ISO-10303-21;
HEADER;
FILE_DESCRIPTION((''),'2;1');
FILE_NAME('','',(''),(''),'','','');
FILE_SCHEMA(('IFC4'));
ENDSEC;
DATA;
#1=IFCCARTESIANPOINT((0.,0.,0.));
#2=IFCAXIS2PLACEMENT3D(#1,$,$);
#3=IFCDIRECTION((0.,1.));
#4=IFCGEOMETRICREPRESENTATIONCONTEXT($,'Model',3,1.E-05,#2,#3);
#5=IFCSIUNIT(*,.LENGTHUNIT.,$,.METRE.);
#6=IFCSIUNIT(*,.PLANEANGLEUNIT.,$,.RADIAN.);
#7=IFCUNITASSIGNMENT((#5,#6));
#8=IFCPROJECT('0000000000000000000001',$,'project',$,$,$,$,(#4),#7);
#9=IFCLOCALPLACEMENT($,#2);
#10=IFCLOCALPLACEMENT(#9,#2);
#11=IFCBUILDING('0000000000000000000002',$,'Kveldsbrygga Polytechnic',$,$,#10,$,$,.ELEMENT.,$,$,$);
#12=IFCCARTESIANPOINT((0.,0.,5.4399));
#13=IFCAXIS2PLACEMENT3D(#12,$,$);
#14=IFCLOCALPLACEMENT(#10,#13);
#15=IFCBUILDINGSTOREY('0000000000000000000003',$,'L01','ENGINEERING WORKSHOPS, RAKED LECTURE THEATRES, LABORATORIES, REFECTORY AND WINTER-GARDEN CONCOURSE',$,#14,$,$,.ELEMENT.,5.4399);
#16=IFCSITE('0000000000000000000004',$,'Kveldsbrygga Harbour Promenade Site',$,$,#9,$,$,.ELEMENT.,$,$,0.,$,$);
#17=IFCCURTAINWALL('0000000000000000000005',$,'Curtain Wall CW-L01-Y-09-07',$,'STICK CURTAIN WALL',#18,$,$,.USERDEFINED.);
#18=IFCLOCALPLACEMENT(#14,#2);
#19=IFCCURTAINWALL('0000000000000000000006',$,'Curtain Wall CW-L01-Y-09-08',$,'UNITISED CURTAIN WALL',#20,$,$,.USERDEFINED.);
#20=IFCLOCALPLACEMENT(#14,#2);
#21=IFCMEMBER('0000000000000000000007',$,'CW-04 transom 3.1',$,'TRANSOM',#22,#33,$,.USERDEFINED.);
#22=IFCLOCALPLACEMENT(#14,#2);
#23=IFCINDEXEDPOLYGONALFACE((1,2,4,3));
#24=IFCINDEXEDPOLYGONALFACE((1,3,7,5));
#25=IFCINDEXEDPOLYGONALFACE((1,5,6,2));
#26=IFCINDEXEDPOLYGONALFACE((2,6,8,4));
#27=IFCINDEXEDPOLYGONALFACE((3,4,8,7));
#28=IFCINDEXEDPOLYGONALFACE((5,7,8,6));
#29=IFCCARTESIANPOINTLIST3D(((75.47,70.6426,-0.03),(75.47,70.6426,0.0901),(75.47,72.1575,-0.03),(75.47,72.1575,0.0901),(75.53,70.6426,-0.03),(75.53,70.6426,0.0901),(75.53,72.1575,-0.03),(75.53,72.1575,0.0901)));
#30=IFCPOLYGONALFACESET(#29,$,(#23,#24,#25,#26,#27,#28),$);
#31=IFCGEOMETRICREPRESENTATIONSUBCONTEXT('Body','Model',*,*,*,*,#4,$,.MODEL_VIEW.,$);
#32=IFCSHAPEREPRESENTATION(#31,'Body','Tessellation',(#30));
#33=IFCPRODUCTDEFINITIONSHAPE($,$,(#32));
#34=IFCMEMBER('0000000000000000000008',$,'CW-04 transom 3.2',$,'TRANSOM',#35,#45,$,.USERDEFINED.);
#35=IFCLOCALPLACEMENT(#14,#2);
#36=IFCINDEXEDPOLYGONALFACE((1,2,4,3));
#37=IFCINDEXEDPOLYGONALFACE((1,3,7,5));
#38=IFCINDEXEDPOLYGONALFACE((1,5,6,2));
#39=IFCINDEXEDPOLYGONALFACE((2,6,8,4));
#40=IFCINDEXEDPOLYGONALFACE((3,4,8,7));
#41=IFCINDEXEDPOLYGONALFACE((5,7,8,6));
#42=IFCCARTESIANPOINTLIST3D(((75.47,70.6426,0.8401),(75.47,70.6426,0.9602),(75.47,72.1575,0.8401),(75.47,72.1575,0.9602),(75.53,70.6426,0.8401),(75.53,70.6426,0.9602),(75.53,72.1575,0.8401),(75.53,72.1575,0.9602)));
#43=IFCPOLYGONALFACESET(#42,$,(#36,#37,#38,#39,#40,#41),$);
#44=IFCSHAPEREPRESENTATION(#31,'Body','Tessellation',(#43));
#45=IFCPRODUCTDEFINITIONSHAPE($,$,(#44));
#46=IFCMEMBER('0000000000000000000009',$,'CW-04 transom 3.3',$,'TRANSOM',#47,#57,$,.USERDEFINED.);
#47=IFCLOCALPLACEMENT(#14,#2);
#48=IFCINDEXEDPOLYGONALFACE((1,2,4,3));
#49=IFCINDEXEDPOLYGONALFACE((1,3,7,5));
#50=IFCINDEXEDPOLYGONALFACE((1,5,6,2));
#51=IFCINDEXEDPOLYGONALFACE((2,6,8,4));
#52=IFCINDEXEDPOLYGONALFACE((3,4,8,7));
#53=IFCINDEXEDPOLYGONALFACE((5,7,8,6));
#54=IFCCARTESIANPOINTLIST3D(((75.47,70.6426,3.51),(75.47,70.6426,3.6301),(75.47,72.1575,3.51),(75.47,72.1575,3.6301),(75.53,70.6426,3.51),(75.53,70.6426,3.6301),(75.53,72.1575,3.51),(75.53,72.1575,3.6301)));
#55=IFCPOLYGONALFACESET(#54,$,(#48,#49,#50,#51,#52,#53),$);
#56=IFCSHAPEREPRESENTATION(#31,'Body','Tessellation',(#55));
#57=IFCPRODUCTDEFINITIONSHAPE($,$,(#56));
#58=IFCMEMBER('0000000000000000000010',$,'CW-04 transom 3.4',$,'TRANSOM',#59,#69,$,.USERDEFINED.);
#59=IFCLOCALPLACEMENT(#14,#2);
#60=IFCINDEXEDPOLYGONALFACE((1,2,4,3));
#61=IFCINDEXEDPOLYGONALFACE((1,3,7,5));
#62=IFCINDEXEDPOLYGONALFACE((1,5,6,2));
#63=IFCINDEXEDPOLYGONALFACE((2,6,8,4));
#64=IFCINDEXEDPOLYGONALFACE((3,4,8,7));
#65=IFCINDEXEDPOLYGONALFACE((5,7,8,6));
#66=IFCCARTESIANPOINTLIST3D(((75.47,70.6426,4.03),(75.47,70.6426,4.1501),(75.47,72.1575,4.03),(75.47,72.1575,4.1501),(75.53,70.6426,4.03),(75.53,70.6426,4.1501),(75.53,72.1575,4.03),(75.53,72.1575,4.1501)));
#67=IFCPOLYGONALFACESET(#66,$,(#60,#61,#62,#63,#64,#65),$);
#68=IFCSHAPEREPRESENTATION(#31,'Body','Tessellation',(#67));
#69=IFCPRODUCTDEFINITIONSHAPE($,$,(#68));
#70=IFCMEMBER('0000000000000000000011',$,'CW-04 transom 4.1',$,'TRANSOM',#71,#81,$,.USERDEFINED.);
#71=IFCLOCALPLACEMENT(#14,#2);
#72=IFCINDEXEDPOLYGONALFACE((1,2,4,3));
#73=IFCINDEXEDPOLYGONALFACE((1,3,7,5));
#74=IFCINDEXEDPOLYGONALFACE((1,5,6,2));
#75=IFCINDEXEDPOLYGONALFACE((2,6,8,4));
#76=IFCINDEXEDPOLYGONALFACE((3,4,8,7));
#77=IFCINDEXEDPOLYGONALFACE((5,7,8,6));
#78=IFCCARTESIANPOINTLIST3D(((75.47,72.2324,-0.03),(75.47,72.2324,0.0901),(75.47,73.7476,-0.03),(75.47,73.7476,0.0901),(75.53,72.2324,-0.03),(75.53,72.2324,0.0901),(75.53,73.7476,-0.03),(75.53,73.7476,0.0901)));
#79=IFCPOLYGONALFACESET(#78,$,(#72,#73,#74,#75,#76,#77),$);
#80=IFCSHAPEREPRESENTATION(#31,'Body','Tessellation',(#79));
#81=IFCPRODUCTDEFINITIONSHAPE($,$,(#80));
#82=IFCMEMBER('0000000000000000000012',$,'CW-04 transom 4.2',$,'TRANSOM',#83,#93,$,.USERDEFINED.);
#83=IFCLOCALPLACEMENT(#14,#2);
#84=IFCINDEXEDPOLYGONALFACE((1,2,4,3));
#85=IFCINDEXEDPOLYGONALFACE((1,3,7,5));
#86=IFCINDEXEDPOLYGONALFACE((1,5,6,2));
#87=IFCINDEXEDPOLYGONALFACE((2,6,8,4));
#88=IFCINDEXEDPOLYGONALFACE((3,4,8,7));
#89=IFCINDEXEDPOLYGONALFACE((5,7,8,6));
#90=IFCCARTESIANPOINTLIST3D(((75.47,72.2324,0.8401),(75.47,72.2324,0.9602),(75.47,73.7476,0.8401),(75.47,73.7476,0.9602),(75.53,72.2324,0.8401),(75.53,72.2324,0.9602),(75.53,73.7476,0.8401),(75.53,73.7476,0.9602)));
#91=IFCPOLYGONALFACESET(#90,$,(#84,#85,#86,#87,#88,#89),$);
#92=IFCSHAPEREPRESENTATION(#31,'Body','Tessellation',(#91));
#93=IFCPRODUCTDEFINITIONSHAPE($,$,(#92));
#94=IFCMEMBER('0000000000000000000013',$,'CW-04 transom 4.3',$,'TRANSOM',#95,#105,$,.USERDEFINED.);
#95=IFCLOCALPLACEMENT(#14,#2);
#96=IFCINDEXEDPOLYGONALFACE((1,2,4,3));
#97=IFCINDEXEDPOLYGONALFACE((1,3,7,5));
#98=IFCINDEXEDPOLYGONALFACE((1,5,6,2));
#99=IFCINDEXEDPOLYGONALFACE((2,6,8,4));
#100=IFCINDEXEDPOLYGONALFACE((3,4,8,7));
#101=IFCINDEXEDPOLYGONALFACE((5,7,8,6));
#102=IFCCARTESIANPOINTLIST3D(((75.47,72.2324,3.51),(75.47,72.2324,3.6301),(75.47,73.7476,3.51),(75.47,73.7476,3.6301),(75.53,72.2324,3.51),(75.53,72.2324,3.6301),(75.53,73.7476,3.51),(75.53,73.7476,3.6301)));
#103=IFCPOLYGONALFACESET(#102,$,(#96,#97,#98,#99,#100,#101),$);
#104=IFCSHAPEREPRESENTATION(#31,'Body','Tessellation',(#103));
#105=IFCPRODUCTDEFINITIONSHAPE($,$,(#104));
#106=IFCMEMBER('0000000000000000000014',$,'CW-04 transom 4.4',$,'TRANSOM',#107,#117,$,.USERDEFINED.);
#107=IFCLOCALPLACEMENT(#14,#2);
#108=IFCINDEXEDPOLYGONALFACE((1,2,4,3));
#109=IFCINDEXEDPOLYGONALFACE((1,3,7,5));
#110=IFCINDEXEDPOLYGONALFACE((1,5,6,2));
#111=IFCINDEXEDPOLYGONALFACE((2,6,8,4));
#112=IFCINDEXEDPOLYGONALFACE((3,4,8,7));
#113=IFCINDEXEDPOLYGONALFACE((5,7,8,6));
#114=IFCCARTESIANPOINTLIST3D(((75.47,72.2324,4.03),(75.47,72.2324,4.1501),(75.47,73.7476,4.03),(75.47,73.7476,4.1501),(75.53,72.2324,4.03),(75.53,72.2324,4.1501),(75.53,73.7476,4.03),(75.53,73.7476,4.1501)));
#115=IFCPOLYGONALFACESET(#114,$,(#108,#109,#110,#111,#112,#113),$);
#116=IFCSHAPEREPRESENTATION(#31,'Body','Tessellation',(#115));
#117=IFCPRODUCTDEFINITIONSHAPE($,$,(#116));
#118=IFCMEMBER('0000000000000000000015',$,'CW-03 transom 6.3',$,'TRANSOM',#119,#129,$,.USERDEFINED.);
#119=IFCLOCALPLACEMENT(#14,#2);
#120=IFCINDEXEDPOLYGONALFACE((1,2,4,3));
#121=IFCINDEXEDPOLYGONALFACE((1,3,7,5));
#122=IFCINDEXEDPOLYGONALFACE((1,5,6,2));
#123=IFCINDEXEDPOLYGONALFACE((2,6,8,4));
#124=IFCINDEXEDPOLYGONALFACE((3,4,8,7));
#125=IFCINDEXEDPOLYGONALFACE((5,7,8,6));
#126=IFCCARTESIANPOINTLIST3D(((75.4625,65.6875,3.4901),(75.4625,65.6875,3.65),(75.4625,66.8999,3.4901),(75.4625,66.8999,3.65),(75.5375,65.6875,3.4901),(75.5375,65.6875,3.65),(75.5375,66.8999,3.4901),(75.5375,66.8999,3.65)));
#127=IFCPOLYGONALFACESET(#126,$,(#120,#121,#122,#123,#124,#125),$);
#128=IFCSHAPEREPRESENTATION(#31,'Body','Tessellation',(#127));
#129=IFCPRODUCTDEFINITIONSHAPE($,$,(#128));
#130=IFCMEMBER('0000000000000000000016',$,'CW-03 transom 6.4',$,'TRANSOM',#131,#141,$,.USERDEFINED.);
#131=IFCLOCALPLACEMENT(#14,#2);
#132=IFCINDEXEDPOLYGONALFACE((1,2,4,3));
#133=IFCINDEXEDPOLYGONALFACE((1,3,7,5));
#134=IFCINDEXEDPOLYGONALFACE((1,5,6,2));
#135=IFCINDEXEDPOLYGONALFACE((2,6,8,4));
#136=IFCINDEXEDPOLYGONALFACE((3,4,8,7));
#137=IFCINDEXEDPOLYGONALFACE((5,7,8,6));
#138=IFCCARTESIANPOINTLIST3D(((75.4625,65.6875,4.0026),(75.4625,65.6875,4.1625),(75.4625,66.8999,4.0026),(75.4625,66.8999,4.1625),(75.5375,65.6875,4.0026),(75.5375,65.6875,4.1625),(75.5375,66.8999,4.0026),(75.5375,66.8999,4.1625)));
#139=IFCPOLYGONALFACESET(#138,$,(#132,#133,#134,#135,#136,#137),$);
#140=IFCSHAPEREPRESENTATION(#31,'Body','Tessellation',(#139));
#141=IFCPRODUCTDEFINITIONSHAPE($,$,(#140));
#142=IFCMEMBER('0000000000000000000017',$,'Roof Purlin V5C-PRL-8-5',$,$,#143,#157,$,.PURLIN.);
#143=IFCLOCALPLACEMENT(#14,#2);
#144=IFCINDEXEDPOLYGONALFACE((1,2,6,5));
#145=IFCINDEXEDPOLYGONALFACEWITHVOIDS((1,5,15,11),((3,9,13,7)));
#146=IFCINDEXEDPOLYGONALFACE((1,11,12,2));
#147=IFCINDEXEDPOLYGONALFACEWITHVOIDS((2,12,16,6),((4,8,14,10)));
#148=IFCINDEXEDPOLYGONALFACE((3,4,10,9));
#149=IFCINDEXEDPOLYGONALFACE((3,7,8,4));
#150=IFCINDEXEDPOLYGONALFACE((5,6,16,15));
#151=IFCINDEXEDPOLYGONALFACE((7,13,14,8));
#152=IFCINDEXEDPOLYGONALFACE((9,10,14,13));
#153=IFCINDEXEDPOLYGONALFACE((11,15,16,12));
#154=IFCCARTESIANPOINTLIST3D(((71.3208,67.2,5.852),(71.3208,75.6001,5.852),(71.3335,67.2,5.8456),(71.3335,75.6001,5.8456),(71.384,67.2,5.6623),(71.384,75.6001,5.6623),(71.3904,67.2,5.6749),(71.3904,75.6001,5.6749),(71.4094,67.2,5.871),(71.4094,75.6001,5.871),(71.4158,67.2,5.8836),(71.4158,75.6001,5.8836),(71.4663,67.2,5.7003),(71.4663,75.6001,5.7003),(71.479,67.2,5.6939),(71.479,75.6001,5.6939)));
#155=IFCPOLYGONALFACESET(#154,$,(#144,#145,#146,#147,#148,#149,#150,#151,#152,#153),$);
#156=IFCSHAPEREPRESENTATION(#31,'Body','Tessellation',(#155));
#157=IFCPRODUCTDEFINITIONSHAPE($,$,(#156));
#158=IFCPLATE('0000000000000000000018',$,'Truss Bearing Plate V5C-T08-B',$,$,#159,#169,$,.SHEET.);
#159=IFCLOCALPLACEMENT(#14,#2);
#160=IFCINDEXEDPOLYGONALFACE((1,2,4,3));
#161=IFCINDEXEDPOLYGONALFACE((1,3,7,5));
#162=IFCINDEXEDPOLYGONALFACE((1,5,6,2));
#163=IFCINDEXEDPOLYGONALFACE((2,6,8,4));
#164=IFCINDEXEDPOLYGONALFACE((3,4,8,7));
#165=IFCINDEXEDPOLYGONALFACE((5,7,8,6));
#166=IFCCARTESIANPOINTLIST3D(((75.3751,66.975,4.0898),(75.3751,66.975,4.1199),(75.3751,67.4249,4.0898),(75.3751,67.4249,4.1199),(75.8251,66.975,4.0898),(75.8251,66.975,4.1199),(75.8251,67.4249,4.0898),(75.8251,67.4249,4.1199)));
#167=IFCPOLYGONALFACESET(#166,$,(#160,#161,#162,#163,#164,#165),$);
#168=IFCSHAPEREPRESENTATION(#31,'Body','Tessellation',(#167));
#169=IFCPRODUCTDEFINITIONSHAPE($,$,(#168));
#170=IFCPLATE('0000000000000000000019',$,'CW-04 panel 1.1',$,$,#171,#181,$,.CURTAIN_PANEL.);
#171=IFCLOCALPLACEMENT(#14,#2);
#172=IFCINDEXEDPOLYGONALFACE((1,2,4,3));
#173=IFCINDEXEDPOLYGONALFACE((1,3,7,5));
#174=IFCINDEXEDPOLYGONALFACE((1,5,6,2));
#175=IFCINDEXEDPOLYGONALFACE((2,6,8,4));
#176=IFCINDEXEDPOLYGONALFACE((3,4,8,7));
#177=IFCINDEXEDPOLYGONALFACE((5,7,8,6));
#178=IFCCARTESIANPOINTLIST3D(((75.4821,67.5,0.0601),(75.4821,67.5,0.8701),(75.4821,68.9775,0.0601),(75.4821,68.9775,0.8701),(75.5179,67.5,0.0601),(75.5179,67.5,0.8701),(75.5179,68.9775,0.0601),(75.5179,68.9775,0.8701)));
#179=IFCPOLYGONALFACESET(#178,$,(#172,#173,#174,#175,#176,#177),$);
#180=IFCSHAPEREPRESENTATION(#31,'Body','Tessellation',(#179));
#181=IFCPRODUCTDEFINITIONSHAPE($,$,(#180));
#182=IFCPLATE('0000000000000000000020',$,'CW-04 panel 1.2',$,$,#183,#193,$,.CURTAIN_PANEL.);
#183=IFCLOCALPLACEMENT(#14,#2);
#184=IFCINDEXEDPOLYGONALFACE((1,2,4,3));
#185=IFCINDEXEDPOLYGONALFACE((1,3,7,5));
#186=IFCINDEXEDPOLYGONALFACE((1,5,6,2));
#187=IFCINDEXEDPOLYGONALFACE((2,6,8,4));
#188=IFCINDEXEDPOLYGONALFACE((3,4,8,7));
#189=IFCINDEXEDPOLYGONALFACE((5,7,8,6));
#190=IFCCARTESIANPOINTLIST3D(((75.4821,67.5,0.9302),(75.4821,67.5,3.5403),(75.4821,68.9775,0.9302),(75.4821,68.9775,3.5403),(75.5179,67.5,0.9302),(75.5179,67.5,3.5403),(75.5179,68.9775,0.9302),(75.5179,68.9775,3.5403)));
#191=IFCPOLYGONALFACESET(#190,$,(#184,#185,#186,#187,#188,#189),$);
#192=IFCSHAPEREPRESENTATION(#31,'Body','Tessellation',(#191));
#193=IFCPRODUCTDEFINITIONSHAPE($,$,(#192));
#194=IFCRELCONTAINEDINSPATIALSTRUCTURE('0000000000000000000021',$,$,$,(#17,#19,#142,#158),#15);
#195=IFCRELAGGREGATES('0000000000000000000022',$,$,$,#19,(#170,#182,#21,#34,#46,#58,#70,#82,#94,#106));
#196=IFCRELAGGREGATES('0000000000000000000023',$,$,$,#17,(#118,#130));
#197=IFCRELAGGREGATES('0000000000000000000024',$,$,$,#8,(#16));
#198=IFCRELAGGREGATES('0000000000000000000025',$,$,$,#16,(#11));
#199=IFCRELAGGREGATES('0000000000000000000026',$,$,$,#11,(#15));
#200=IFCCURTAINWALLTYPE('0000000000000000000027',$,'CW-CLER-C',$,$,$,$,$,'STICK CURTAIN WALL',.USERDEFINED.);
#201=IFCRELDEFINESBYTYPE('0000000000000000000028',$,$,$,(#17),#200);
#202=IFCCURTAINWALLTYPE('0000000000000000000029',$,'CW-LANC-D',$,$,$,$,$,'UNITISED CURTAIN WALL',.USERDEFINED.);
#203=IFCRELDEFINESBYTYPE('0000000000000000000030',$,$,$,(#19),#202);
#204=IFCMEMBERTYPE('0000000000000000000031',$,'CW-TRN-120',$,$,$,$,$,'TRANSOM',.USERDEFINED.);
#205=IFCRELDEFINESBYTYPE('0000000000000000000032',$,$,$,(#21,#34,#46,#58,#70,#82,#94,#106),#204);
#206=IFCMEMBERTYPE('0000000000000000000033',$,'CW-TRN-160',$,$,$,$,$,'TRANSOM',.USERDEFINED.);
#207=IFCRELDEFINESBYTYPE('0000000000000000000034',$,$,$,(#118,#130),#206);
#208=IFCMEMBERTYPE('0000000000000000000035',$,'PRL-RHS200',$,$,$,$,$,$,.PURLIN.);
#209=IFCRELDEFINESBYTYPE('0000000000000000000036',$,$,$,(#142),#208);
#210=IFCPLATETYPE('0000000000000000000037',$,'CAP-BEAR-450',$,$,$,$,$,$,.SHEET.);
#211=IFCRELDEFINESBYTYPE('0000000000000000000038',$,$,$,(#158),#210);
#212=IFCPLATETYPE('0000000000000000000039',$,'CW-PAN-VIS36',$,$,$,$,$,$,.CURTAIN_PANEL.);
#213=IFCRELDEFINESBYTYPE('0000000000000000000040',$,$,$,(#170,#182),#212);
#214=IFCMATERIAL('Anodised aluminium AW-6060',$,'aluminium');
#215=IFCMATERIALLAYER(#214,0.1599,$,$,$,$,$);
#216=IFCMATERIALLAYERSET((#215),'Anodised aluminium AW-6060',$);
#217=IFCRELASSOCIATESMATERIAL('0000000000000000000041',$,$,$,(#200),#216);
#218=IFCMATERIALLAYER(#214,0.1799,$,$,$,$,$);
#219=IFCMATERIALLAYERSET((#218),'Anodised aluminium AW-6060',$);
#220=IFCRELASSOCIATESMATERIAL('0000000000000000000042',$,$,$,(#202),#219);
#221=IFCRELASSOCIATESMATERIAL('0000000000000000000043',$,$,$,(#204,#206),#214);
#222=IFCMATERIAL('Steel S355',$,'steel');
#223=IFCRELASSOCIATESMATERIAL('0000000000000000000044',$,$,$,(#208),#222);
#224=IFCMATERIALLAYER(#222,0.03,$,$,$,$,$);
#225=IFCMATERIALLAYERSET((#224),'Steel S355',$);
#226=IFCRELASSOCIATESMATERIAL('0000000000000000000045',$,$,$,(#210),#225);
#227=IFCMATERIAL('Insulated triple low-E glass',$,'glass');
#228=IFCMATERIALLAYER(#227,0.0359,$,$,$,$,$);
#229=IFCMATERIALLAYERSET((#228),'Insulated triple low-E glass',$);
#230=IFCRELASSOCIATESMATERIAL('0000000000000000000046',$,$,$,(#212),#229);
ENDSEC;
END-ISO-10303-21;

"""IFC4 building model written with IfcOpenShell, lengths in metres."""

from ifc_helpers import new_model, si_unit, direction, frame, origin, origin_2d, place, context, subcontext, project, spatial, rectangle, hollow_rectangle, extrude, material, layer, layer_set, material_profile, profile_set, type_object, element, aggregate, save


model = new_model("IFC4")

# Units and contexts
model_context = context("Model", 3, precision=1e-05, world=origin(), true_north=direction((0.0, 1.0)))
body_context = subcontext(model_context, "Body", "Model", "MODEL_VIEW")
ifc_project = project(units=[si_unit("LENGTHUNIT", "METRE"), si_unit("PLANEANGLEUNIT", "RADIAN")], contexts=[model_context])

# Site, building, storey
site_placement = place(None, origin())
site = spatial("IfcSite", under=ifc_project, at=site_placement, Name="Kveldsbrygga Harbour Promenade Site", CompositionType="ELEMENT", RefElevation=0.0)
building_placement = place(site_placement, origin())
building = spatial("IfcBuilding", under=site, at=building_placement, Name="Kveldsbrygga Polytechnic", CompositionType="ELEMENT")
storey_placement = place(building_placement, frame((0.0, 0.0, 5.4399)))
storey = spatial("IfcBuildingStorey", under=building, at=storey_placement, Name="L01", Description="ENGINEERING WORKSHOPS, RAKED LECTURE THEATRES, LABORATORIES, REFECTORY AND WINTER-GARDEN CONCOURSE", CompositionType="ELEMENT", Elevation=5.4399)

# Curtain wall
ifc_material_1 = material(Name="Anodised aluminium AW-6060", Category="aluminium")
ifc_layer_1 = layer(ifc_material_1, 0.1599)
ifc_layer_set_1 = layer_set([ifc_layer_1], Name="Anodised aluminium AW-6060")
curtain_wall_type_1 = type_object("IfcCurtainWallType", Name="CW-CLER-C", ElementType="STICK CURTAIN WALL", PredefinedType="USERDEFINED", material=ifc_layer_set_1)
curtain_wall_1_placement = place(storey_placement, origin())
curtain_wall_1 = element("IfcCurtainWall", 1, at=curtain_wall_1_placement, inside=storey, type_object=curtain_wall_type_1, Name="Curtain Wall CW-L01-Y-09-07", ObjectType="STICK CURTAIN WALL", PredefinedType="USERDEFINED")

# Curtain wall, members
ifc_layer_2 = layer(ifc_material_1, 0.1799)
ifc_layer_set_2 = layer_set([ifc_layer_2], Name="Anodised aluminium AW-6060")
curtain_wall_type_2 = type_object("IfcCurtainWallType", Name="CW-LANC-D", ElementType="UNITISED CURTAIN WALL", PredefinedType="USERDEFINED", material=ifc_layer_set_2)
curtain_wall_2_placement = place(storey_placement, origin())
curtain_wall_2 = element("IfcCurtainWall", 2, at=curtain_wall_2_placement, inside=storey, type_object=curtain_wall_type_2, Name="Curtain Wall CW-L01-Y-09-08", ObjectType="UNITISED CURTAIN WALL", PredefinedType="USERDEFINED")
ifc_material_profile_1 = material_profile(ifc_material_1, rectangle(XDim=0.0601, YDim=0.1201, at=origin_2d()), Name="ALU 60x120")
ifc_profile_set_1 = profile_set([ifc_material_profile_1], Name="Anodised aluminium AW-6060")
member_type_1 = type_object("IfcMemberType", Name="CW-TRN-120", ElementType="TRANSOM", PredefinedType="USERDEFINED", material=ifc_profile_set_1)
member_1_placement = place(storey_placement, frame((75.5, 70.6426, 0.03), z_axis=(0.0, 1.0, 0.0), x_axis=(-1.0, 0.0, 0.0)))
member_1 = element("IfcMember", 3, at=member_1_placement, type_object=member_type_1, Name="CW-04 transom 3.1", ObjectType="TRANSOM", PredefinedType="USERDEFINED", context=body_context, shape_type="SweptSolid", body=[
    extrude(rectangle(XDim=0.0601, YDim=0.1201, at=origin_2d()), origin(), (0.0, 0.0, 1.0), 1.5149),
])
member_2_placement = place(storey_placement, frame((75.5, 70.6426, 0.9001), z_axis=(0.0, 1.0, 0.0), x_axis=(-1.0, 0.0, 0.0)))
member_2 = element("IfcMember", 4, at=member_2_placement, type_object=member_type_1, Name="CW-04 transom 3.2", ObjectType="TRANSOM", PredefinedType="USERDEFINED", context=body_context, shape_type="SweptSolid", body=[
    extrude(rectangle(XDim=0.0601, YDim=0.1201, at=origin_2d()), origin(), (0.0, 0.0, 1.0), 1.5149),
])
member_3_placement = place(storey_placement, frame((75.5, 70.6426, 3.5701), z_axis=(0.0, 1.0, 0.0), x_axis=(-1.0, 0.0, 0.0)))
member_3 = element("IfcMember", 5, at=member_3_placement, type_object=member_type_1, Name="CW-04 transom 3.3", ObjectType="TRANSOM", PredefinedType="USERDEFINED", context=body_context, shape_type="SweptSolid", body=[
    extrude(rectangle(XDim=0.0601, YDim=0.1201, at=origin_2d()), origin(), (0.0, 0.0, 1.0), 1.5149),
])
member_4_placement = place(storey_placement, frame((75.5, 70.6426, 4.0901), z_axis=(0.0, 1.0, 0.0), x_axis=(-1.0, 0.0, 0.0)))
member_4 = element("IfcMember", 6, at=member_4_placement, type_object=member_type_1, Name="CW-04 transom 3.4", ObjectType="TRANSOM", PredefinedType="USERDEFINED", context=body_context, shape_type="SweptSolid", body=[
    extrude(rectangle(XDim=0.0601, YDim=0.1201, at=origin_2d()), origin(), (0.0, 0.0, 1.0), 1.5149),
])
member_5_placement = place(storey_placement, frame((75.5, 72.2324, 0.03), z_axis=(0.0, 1.0, 0.0), x_axis=(-1.0, 0.0, 0.0)))
member_5 = element("IfcMember", 7, at=member_5_placement, type_object=member_type_1, Name="CW-04 transom 4.1", ObjectType="TRANSOM", PredefinedType="USERDEFINED", context=body_context, shape_type="SweptSolid", body=[
    extrude(rectangle(XDim=0.0601, YDim=0.1201, at=origin_2d()), origin(), (0.0, 0.0, 1.0), 1.5151),
])
member_6_placement = place(storey_placement, frame((75.5, 72.2324, 0.9001), z_axis=(0.0, 1.0, 0.0), x_axis=(-1.0, 0.0, 0.0)))
member_6 = element("IfcMember", 8, at=member_6_placement, type_object=member_type_1, Name="CW-04 transom 4.2", ObjectType="TRANSOM", PredefinedType="USERDEFINED", context=body_context, shape_type="SweptSolid", body=[
    extrude(rectangle(XDim=0.0601, YDim=0.1201, at=origin_2d()), origin(), (0.0, 0.0, 1.0), 1.5151),
])
member_7_placement = place(storey_placement, frame((75.5, 72.2324, 3.5701), z_axis=(0.0, 1.0, 0.0), x_axis=(-1.0, 0.0, 0.0)))
member_7 = element("IfcMember", 9, at=member_7_placement, type_object=member_type_1, Name="CW-04 transom 4.3", ObjectType="TRANSOM", PredefinedType="USERDEFINED", context=body_context, shape_type="SweptSolid", body=[
    extrude(rectangle(XDim=0.0601, YDim=0.1201, at=origin_2d()), origin(), (0.0, 0.0, 1.0), 1.5151),
])
member_8_placement = place(storey_placement, frame((75.5, 72.2324, 4.0901), z_axis=(0.0, 1.0, 0.0), x_axis=(-1.0, 0.0, 0.0)))
member_8 = element("IfcMember", 10, at=member_8_placement, type_object=member_type_1, Name="CW-04 transom 4.4", ObjectType="TRANSOM", PredefinedType="USERDEFINED", context=body_context, shape_type="SweptSolid", body=[
    extrude(rectangle(XDim=0.0601, YDim=0.1201, at=origin_2d()), origin(), (0.0, 0.0, 1.0), 1.5151),
])

# Members
ifc_material_profile_2 = material_profile(ifc_material_1, rectangle(XDim=0.075, YDim=0.1599, at=origin_2d()), Name="ALU 75x160")
ifc_profile_set_2 = profile_set([ifc_material_profile_2], Name="Anodised aluminium AW-6060")
member_type_2 = type_object("IfcMemberType", Name="CW-TRN-160", ElementType="TRANSOM", PredefinedType="USERDEFINED", material=ifc_profile_set_2)
member_9_placement = place(storey_placement, frame((75.5, 65.6875, 3.5701), z_axis=(0.0, 1.0, 0.0), x_axis=(-1.0, 0.0, 0.0)))
member_9 = element("IfcMember", 11, at=member_9_placement, type_object=member_type_2, Name="CW-03 transom 6.3", ObjectType="TRANSOM", PredefinedType="USERDEFINED", context=body_context, shape_type="SweptSolid", body=[
    extrude(rectangle(XDim=0.075, YDim=0.1599, at=origin_2d()), origin(), (0.0, 0.0, 1.0), 1.2124),
])
member_10_placement = place(storey_placement, frame((75.5, 65.6875, 4.0825), z_axis=(0.0, 1.0, 0.0), x_axis=(-1.0, 0.0, 0.0)))
member_10 = element("IfcMember", 12, at=member_10_placement, type_object=member_type_2, Name="CW-03 transom 6.4", ObjectType="TRANSOM", PredefinedType="USERDEFINED", context=body_context, shape_type="SweptSolid", body=[
    extrude(rectangle(XDim=0.075, YDim=0.1599, at=origin_2d()), origin(), (0.0, 0.0, 1.0), 1.2124),
])
ifc_material_2 = material(Name="Steel S355", Category="steel")
ifc_material_profile_3 = material_profile(ifc_material_2, hollow_rectangle(XDim=0.1001, YDim=0.2, WallThickness=0.01, at=origin_2d()), Name="RHS 200x100x10.0")
ifc_profile_set_3 = profile_set([ifc_material_profile_3], Name="Steel S355")
member_type_3 = type_object("IfcMemberType", Name="PRL-RHS200", PredefinedType="PURLIN", material=ifc_profile_set_3)
member_11_placement = place(storey_placement, frame((71.3999, 67.2, 5.7729), z_axis=(0.0, 1.0, 0.0), x_axis=(-0.948684, 0.0, -0.316227)))
element("IfcMember", 13, at=member_11_placement, inside=storey, type_object=member_type_3, Name="Roof Purlin V5C-PRL-8-5", PredefinedType="PURLIN", context=body_context, shape_type="SweptSolid", body=[
    extrude(hollow_rectangle(XDim=0.1001, YDim=0.2, WallThickness=0.01, at=origin_2d()), origin(), (0.0, 0.0, 1.0), 8.4001),
])

# Plates
ifc_layer_3 = layer(ifc_material_2, 0.03)
ifc_layer_set_3 = layer_set([ifc_layer_3], Name="Steel S355")
plate_type_1 = type_object("IfcPlateType", Name="CAP-BEAR-450", PredefinedType="SHEET", material=ifc_layer_set_3)
plate_1_placement = place(storey_placement, frame((75.6001, 67.2, 4.0898), z_axis=(0.0, 0.0, 1.0), x_axis=(1.0, 0.0, 0.0)))
element("IfcPlate", 14, at=plate_1_placement, inside=storey, type_object=plate_type_1, Name="Truss Bearing Plate V5C-T08-B", PredefinedType="SHEET", context=body_context, shape_type="SweptSolid", body=[
    extrude(rectangle(XDim=0.45, YDim=0.45, at=origin_2d()), origin(), (0.0, 0.0, 1.0), 0.03),
])
ifc_material_3 = material(Name="Insulated triple low-E glass", Category="glass")
ifc_layer_4 = layer(ifc_material_3, 0.0359)
ifc_layer_set_4 = layer_set([ifc_layer_4], Name="Insulated triple low-E glass")
plate_type_2 = type_object("IfcPlateType", Name="CW-PAN-VIS36", PredefinedType="CURTAIN_PANEL", material=ifc_layer_set_4)
plate_2_placement = place(storey_placement, frame((75.5, 68.2388, 0.0601), z_axis=(0.0, 0.0, 1.0), x_axis=(0.0, 1.0, 0.0)))
plate_2 = element("IfcPlate", 15, at=plate_2_placement, type_object=plate_type_2, Name="CW-04 panel 1.1", PredefinedType="CURTAIN_PANEL", context=body_context, shape_type="SweptSolid", body=[
    extrude(rectangle(XDim=1.4775, YDim=0.0359, at=origin_2d()), origin(), (0.0, 0.0, 1.0), 0.8101),
])
plate_3_placement = place(storey_placement, frame((75.5, 68.2388, 0.9302), z_axis=(0.0, 0.0, 1.0), x_axis=(0.0, 1.0, 0.0)))
plate_3 = element("IfcPlate", 16, at=plate_3_placement, type_object=plate_type_2, Name="CW-04 panel 1.2", PredefinedType="CURTAIN_PANEL", context=body_context, shape_type="SweptSolid", body=[
    extrude(rectangle(XDim=1.4775, YDim=0.0359, at=origin_2d()), origin(), (0.0, 0.0, 1.0), 2.6101),
])
aggregate(curtain_wall_2, [plate_2, plate_3, member_1, member_2, member_3, member_4, member_5, member_6, member_7, member_8])
aggregate(curtain_wall_1, [member_9, member_10])

save(model, "model.ifc")
